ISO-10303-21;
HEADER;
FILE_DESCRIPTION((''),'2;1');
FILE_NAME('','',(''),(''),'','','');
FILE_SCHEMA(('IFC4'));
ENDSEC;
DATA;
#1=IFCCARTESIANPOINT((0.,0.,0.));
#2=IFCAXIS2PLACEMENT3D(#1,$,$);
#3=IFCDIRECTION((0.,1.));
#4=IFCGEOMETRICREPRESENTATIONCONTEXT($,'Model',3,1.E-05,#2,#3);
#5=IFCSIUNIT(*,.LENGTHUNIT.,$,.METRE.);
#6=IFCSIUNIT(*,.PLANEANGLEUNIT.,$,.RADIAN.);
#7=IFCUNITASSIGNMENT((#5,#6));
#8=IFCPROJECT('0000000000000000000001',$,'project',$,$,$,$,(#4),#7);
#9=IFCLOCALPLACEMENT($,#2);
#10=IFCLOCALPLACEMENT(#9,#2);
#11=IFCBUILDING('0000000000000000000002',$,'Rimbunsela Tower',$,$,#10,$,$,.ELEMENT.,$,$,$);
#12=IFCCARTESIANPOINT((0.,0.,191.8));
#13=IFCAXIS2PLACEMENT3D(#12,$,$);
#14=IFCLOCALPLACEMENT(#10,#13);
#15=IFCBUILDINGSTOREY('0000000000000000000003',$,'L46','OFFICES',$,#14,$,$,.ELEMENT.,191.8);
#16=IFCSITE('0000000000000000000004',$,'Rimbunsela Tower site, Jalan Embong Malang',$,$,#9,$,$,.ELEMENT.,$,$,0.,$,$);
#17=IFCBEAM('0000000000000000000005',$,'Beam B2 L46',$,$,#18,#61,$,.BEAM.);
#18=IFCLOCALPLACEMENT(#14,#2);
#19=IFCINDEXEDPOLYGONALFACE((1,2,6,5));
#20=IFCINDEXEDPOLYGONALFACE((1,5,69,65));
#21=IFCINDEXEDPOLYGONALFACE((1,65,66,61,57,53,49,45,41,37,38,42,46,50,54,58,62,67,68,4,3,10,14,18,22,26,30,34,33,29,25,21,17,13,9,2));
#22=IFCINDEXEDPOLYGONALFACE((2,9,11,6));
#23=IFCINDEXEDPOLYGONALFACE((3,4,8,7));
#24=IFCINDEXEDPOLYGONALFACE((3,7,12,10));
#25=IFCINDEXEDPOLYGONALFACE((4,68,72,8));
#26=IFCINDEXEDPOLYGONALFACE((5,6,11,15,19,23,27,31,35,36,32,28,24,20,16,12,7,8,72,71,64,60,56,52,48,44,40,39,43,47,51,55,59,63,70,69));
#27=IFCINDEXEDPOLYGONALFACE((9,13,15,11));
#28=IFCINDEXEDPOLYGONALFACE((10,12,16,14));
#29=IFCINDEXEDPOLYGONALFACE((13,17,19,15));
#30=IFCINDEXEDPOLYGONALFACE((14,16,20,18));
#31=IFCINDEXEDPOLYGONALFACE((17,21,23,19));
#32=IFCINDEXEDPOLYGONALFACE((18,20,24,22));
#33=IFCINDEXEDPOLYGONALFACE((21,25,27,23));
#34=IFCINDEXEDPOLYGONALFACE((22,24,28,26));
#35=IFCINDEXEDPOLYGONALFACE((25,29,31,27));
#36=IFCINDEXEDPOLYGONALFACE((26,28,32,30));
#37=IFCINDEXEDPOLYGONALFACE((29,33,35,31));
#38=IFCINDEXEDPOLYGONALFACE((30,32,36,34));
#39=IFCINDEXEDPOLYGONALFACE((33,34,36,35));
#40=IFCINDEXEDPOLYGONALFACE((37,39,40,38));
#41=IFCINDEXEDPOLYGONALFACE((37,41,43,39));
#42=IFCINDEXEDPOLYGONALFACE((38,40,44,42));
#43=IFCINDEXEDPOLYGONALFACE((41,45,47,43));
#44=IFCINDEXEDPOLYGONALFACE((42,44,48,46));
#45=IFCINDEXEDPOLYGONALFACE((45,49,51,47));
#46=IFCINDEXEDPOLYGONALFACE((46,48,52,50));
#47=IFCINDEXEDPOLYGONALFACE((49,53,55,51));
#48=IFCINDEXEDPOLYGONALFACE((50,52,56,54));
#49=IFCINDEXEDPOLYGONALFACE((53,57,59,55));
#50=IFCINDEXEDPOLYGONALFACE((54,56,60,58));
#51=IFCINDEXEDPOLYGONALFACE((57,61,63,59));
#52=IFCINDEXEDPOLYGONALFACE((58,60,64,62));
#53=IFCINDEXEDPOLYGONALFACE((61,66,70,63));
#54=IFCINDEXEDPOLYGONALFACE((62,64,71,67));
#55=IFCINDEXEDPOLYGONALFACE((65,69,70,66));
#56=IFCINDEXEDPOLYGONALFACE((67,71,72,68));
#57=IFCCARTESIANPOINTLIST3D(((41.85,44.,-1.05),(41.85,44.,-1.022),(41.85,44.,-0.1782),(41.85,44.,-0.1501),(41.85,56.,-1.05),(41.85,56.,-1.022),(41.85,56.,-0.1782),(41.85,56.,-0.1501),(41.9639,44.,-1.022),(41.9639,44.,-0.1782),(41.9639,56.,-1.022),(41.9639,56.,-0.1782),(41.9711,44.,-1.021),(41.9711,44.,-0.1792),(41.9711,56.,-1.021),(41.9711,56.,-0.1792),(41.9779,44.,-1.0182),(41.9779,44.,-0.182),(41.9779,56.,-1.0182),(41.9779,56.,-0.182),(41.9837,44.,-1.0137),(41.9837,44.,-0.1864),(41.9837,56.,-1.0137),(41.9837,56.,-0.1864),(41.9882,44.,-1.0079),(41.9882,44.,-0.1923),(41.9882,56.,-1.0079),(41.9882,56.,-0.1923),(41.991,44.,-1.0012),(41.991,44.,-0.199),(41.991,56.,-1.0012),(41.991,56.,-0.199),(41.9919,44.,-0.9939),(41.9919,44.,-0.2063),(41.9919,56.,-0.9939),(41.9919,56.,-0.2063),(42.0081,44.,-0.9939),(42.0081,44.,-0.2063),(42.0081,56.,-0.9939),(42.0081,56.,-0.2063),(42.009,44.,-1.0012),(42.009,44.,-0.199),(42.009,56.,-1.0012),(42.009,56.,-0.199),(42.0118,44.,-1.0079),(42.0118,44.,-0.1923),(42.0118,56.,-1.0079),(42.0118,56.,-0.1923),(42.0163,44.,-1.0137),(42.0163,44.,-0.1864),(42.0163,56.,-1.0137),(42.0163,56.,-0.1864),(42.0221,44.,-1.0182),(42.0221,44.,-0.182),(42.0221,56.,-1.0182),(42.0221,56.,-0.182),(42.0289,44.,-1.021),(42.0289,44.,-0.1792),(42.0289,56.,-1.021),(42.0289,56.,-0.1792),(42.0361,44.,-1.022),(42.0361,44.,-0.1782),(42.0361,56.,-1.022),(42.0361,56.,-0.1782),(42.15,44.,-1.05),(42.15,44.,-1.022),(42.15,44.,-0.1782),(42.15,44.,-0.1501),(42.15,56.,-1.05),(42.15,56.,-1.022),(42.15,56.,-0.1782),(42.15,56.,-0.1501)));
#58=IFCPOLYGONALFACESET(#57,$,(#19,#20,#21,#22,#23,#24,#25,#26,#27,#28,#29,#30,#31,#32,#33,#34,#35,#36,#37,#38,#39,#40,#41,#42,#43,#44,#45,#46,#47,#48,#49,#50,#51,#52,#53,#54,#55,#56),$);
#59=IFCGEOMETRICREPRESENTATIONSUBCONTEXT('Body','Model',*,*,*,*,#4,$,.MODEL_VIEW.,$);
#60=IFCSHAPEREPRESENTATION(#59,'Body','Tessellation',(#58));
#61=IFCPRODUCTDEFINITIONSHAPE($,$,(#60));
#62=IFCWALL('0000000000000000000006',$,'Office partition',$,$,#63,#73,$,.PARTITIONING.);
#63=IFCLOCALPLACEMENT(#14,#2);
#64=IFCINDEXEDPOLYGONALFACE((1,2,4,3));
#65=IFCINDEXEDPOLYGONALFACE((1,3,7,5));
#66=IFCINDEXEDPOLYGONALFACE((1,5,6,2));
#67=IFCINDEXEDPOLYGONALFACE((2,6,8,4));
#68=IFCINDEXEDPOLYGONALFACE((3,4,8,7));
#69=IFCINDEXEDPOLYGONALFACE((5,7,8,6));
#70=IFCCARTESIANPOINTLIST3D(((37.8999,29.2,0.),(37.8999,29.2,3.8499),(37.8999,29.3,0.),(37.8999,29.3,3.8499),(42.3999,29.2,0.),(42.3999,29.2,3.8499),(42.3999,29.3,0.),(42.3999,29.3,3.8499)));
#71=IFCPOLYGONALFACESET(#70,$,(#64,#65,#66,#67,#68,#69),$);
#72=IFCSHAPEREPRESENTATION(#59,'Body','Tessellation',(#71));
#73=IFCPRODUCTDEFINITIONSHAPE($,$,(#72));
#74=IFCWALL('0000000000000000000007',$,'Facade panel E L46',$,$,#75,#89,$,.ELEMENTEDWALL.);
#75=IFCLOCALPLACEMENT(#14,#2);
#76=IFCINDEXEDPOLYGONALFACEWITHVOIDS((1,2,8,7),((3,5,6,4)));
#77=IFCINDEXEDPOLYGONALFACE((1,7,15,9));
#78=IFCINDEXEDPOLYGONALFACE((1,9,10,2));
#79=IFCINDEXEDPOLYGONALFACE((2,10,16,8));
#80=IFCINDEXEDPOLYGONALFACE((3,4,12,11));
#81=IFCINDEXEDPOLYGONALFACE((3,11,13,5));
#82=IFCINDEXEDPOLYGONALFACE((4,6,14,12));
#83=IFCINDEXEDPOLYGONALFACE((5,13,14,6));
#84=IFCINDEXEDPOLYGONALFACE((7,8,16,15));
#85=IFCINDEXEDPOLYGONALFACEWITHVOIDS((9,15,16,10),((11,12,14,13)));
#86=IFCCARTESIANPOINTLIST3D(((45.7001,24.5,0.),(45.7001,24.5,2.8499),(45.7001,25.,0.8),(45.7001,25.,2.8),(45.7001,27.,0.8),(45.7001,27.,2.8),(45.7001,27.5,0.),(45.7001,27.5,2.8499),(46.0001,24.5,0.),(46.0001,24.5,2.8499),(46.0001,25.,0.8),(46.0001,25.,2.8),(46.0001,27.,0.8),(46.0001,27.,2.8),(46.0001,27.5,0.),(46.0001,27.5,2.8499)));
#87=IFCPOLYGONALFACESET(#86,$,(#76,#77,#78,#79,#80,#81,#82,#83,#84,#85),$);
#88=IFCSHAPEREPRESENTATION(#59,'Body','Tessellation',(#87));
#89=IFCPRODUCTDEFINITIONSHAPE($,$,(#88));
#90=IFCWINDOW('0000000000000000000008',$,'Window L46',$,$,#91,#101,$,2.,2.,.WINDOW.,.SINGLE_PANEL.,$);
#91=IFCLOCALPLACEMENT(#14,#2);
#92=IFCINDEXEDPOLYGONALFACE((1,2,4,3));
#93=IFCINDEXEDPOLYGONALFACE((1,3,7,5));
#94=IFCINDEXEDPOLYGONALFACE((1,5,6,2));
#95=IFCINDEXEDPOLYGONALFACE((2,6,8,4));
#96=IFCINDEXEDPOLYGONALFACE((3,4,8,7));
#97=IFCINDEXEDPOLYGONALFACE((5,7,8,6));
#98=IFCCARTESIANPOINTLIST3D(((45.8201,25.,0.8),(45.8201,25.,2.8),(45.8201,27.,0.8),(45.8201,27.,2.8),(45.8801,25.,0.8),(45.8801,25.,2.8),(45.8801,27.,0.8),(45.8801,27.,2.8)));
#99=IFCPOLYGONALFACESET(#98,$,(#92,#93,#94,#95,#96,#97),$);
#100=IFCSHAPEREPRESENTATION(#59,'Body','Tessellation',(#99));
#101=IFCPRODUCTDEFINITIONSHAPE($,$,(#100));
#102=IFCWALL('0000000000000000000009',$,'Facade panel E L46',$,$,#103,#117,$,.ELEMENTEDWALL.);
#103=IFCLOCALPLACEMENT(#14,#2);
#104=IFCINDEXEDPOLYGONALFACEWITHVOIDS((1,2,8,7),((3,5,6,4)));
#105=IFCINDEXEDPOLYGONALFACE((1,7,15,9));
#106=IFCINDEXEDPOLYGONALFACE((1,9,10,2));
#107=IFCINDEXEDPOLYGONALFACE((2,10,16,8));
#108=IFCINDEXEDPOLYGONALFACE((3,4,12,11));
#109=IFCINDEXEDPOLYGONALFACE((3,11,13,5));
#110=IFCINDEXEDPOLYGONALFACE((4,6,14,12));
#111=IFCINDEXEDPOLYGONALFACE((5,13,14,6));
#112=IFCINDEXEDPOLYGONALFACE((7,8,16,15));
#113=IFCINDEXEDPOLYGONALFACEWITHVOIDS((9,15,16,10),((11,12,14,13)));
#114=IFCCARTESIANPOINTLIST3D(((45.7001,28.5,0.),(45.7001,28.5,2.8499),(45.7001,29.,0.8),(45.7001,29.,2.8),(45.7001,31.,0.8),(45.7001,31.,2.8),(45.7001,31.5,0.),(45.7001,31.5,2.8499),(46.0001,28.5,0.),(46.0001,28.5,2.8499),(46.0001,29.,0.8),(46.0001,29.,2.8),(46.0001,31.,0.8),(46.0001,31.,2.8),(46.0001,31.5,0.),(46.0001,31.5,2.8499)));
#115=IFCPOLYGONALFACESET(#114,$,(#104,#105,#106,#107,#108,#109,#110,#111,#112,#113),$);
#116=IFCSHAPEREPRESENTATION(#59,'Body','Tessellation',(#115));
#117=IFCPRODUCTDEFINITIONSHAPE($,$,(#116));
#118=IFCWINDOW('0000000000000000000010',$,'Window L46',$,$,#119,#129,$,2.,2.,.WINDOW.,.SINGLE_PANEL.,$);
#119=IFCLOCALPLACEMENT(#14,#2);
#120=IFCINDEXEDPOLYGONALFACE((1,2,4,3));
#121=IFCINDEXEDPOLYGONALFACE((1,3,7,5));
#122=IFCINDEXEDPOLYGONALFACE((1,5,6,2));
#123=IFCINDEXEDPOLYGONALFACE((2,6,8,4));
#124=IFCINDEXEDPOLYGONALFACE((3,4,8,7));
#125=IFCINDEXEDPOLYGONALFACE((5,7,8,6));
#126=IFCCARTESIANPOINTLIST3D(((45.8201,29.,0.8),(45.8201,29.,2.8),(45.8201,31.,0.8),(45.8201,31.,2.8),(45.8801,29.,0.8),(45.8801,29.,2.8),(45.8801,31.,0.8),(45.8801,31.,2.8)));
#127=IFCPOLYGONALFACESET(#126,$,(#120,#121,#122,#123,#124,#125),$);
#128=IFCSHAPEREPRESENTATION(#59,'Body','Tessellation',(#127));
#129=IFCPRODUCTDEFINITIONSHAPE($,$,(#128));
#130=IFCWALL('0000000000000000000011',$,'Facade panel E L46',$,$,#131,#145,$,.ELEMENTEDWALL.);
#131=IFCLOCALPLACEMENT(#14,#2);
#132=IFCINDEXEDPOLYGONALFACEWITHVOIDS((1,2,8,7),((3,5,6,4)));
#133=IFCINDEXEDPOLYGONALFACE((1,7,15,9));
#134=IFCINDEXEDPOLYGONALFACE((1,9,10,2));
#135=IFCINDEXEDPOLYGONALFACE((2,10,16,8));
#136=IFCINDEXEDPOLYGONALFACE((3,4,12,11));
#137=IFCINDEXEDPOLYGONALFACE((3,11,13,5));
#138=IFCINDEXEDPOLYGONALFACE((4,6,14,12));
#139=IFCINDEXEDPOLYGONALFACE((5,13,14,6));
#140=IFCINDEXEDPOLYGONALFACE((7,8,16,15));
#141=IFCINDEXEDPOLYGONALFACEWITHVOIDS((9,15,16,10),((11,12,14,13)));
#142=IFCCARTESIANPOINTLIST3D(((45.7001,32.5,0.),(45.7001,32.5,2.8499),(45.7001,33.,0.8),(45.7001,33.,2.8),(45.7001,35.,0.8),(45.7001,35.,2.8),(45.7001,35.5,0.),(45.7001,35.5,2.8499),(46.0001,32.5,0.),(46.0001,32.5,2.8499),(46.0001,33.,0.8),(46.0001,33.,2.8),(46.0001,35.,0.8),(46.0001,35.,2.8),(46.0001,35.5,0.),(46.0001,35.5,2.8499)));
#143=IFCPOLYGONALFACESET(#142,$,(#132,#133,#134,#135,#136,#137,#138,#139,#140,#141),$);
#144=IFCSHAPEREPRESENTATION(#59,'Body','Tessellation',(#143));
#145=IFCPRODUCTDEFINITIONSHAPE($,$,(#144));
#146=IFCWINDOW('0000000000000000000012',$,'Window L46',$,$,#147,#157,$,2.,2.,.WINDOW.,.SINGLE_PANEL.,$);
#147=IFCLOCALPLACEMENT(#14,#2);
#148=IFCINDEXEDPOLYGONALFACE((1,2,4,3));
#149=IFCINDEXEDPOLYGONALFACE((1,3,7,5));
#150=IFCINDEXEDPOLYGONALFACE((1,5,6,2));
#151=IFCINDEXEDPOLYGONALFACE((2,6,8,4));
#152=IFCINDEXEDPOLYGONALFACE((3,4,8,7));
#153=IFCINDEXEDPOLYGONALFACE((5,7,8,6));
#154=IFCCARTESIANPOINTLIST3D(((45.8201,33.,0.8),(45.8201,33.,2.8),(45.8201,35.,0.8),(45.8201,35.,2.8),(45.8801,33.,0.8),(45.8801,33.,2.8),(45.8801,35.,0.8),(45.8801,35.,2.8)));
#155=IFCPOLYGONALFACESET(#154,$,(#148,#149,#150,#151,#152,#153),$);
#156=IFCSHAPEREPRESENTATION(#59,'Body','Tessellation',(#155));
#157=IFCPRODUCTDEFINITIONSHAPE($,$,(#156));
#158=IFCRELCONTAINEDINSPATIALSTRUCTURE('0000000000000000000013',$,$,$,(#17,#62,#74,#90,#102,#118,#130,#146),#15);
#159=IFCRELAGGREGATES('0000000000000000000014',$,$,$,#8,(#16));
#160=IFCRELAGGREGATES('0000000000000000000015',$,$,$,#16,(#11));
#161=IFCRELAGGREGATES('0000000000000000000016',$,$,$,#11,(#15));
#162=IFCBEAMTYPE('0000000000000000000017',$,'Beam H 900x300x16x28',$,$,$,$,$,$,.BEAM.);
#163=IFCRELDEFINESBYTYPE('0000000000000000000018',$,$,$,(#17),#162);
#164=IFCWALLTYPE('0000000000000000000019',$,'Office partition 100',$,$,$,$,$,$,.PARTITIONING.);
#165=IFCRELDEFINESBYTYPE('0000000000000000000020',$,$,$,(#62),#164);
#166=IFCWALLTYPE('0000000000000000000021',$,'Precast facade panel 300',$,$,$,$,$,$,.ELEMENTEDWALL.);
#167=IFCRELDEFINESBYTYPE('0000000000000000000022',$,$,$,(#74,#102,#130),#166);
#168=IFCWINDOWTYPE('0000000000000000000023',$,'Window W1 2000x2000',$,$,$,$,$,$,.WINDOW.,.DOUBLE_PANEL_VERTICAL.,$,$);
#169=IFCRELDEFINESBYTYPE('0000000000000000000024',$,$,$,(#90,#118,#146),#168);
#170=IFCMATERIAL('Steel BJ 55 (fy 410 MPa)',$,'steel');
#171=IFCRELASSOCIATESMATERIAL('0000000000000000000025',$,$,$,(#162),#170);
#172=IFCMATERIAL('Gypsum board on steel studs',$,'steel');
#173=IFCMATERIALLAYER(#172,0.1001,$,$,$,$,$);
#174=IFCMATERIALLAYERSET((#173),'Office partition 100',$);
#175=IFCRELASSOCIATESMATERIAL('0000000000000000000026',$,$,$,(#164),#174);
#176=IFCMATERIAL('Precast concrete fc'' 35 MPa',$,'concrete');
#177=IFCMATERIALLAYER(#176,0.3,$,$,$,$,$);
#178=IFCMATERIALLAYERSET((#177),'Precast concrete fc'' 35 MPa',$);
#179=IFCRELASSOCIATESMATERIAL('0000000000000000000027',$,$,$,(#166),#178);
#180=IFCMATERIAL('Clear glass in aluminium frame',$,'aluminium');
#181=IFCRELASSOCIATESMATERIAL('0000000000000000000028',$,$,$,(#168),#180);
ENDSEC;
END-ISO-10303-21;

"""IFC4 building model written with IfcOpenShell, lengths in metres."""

from ifc_helpers import new_model, si_unit, direction, frame, frame_2d, origin, origin_2d, place, context, subcontext, project, spatial, rectangle, i_section, extrude, material, layer, layer_set, material_profile, profile_set, type_object, element, fill, save


model = new_model("IFC4")

# Units and contexts
model_context = context("Model", 3, precision=1e-05, world=origin(), true_north=direction((0.0, 1.0)))
body_context = subcontext(model_context, "Body", "Model", "MODEL_VIEW")
ifc_project = project(units=[si_unit("LENGTHUNIT", "METRE"), si_unit("PLANEANGLEUNIT", "RADIAN")], contexts=[model_context])

# Site, building, storey
site_placement = place(None, origin())
site = spatial("IfcSite", under=ifc_project, at=site_placement, Name="Rimbunsela Tower site, Jalan Embong Malang", CompositionType="ELEMENT", RefElevation=0.0)
building_placement = place(site_placement, origin())
building = spatial("IfcBuilding", under=site, at=building_placement, Name="Rimbunsela Tower", CompositionType="ELEMENT")
storey_placement = place(building_placement, frame((0.0, 0.0, 191.8)))
storey = spatial("IfcBuildingStorey", under=building, at=storey_placement, Name="L46", Description="OFFICES", CompositionType="ELEMENT", Elevation=191.8)

# Beam
ifc_material_1 = material(Name="Steel BJ 55 (fy 410 MPa)", Category="steel")
ifc_material_profile_1 = material_profile(ifc_material_1, i_section(OverallWidth=0.3, OverallDepth=0.8999, WebThickness=0.0161, FlangeThickness=0.0281, FilletRadius=0.0281, at=origin_2d()), Name="H 900x300x16x28")
ifc_profile_set_1 = profile_set([ifc_material_profile_1], Name="Steel BJ 55 (fy 410 MPa)")
beam_type_1 = type_object("IfcBeamType", Name="Beam H 900x300x16x28", PredefinedType="BEAM", material=ifc_profile_set_1)
beam_placement = place(storey_placement, frame((42.0, 44.0, -0.6001), z_axis=(0.0, 1.0, 0.0), x_axis=(-1.0, 0.0, 0.0)))
element("IfcBeam", 1, at=beam_placement, inside=storey, type_object=beam_type_1, Name="Beam B2 L46", PredefinedType="BEAM", context=body_context, shape_type="SweptSolid", body=[
    extrude(i_section(OverallWidth=0.3, OverallDepth=0.8999, WebThickness=0.0161, FlangeThickness=0.0281, FilletRadius=0.0281, at=origin_2d()), origin(), (0.0, 0.0, 1.0), 12.0),
])

# Wall
ifc_material_2 = material(Name="Gypsum board on steel studs", Category="steel")
ifc_layer_1 = layer(ifc_material_2, 0.1001)
ifc_layer_set_1 = layer_set([ifc_layer_1], Name="Office partition 100")
wall_type_1 = type_object("IfcWallType", Name="Office partition 100", PredefinedType="PARTITIONING", material=ifc_layer_set_1)
wall_1_placement = place(storey_placement, frame((42.3999, 29.25, 0.0), z_axis=(0.0, 0.0, 1.0), x_axis=(-1.0, 0.0, 0.0)))
element("IfcWall", 2, at=wall_1_placement, inside=storey, type_object=wall_type_1, Name="Office partition", PredefinedType="PARTITIONING", context=body_context, shape_type="SweptSolid", body=[
    extrude(rectangle(XDim=4.5, YDim=0.1001, at=frame_2d((2.25, 0.0))), origin(), (0.0, 0.0, 1.0), 3.8499),
])

# Walls, openings, windows
ifc_material_3 = material(Name="Precast concrete fc' 35 MPa", Category="concrete")
ifc_layer_2 = layer(ifc_material_3, 0.3)
ifc_layer_set_2 = layer_set([ifc_layer_2], Name="Precast concrete fc' 35 MPa")
wall_type_2 = type_object("IfcWallType", Name="Precast facade panel 300", PredefinedType="ELEMENTEDWALL", material=ifc_layer_set_2)
wall_2_placement = place(storey_placement, frame((45.8501, 24.5, 0.0), z_axis=(0.0, 0.0, 1.0), x_axis=(0.0, 1.0, 0.0)))
wall_2 = element("IfcWall", 3, at=wall_2_placement, inside=storey, type_object=wall_type_2, Name="Facade panel E L46", PredefinedType="ELEMENTEDWALL", context=body_context, shape_type="SweptSolid", body=[
    extrude(rectangle(XDim=3.0, YDim=0.3, at=frame_2d((1.5, 0.0))), origin(), (0.0, 0.0, 1.0), 2.8499),
])
opening_1_placement = place(wall_2_placement, frame((0.5, 0.0, 0.8)))
opening_1 = element("IfcOpeningElement", 4, at=opening_1_placement, cuts=wall_2, PredefinedType="OPENING", context=body_context, shape_type="SweptSolid", body=[
    extrude(rectangle(XDim=2.0, YDim=2.0, at=frame_2d((1.0, 1.0))), frame((0.0, 0.1599, 0.0), z_axis=(0.0, -1.0, 0.0), x_axis=(1.0, 0.0, 0.0)), (0.0, 0.0, 1.0), 0.3201),
])
ifc_material_4 = material(Name="Clear glass in aluminium frame", Category="aluminium")
window_type = type_object("IfcWindowType", Name="Window W1 2000x2000", PartitioningType="DOUBLE_PANEL_VERTICAL", PredefinedType="WINDOW", material=ifc_material_4)
window_1_placement = place(opening_1_placement, origin())
window_1 = element("IfcWindow", 5, at=window_1_placement, inside=storey, type_object=window_type, Name="Window L46", OverallHeight=2.0, OverallWidth=2.0, PartitioningType="SINGLE_PANEL", PredefinedType="WINDOW", context=body_context, shape_type="SweptSolid", body=[
    extrude(rectangle(XDim=2.0, YDim=2.0, at=frame_2d((1.0, 1.0))), frame((0.0, 0.03, 0.0), z_axis=(0.0, -1.0, 0.0), x_axis=(1.0, 0.0, 0.0)), (0.0, 0.0, 1.0), 0.0601),
])
fill(opening_1, window_1)
wall_3_placement = place(storey_placement, frame((45.8501, 28.5, 0.0), z_axis=(0.0, 0.0, 1.0), x_axis=(0.0, 1.0, 0.0)))
wall_3 = element("IfcWall", 6, at=wall_3_placement, inside=storey, type_object=wall_type_2, Name="Facade panel E L46", PredefinedType="ELEMENTEDWALL", context=body_context, shape_type="SweptSolid", body=[
    extrude(rectangle(XDim=3.0, YDim=0.3, at=frame_2d((1.5, 0.0))), origin(), (0.0, 0.0, 1.0), 2.8499),
])
opening_2_placement = place(wall_3_placement, frame((0.5, 0.0, 0.8)))
opening_2 = element("IfcOpeningElement", 7, at=opening_2_placement, cuts=wall_3, PredefinedType="OPENING", context=body_context, shape_type="SweptSolid", body=[
    extrude(rectangle(XDim=2.0, YDim=2.0, at=frame_2d((1.0, 1.0))), frame((0.0, 0.1599, 0.0), z_axis=(0.0, -1.0, 0.0), x_axis=(1.0, 0.0, 0.0)), (0.0, 0.0, 1.0), 0.3201),
])
window_2_placement = place(opening_2_placement, origin())
window_2 = element("IfcWindow", 8, at=window_2_placement, inside=storey, type_object=window_type, Name="Window L46", OverallHeight=2.0, OverallWidth=2.0, PartitioningType="SINGLE_PANEL", PredefinedType="WINDOW", context=body_context, shape_type="SweptSolid", body=[
    extrude(rectangle(XDim=2.0, YDim=2.0, at=frame_2d((1.0, 1.0))), frame((0.0, 0.03, 0.0), z_axis=(0.0, -1.0, 0.0), x_axis=(1.0, 0.0, 0.0)), (0.0, 0.0, 1.0), 0.0601),
])
fill(opening_2, window_2)
wall_4_placement = place(storey_placement, frame((45.8501, 32.5, 0.0), z_axis=(0.0, 0.0, 1.0), x_axis=(0.0, 1.0, 0.0)))
wall_4 = element("IfcWall", 9, at=wall_4_placement, inside=storey, type_object=wall_type_2, Name="Facade panel E L46", PredefinedType="ELEMENTEDWALL", context=body_context, shape_type="SweptSolid", body=[
    extrude(rectangle(XDim=3.0, YDim=0.3, at=frame_2d((1.5, 0.0))), origin(), (0.0, 0.0, 1.0), 2.8499),
])
opening_3_placement = place(wall_4_placement, frame((0.5, 0.0, 0.8)))
opening_3 = element("IfcOpeningElement", 10, at=opening_3_placement, cuts=wall_4, PredefinedType="OPENING", context=body_context, shape_type="SweptSolid", body=[
    extrude(rectangle(XDim=2.0, YDim=2.0, at=frame_2d((1.0, 1.0))), frame((0.0, 0.1599, 0.0), z_axis=(0.0, -1.0, 0.0), x_axis=(1.0, 0.0, 0.0)), (0.0, 0.0, 1.0), 0.3201),
])
window_3_placement = place(opening_3_placement, origin())
window_3 = element("IfcWindow", 11, at=window_3_placement, inside=storey, type_object=window_type, Name="Window L46", OverallHeight=2.0, OverallWidth=2.0, PartitioningType="SINGLE_PANEL", PredefinedType="WINDOW", context=body_context, shape_type="SweptSolid", body=[
    extrude(rectangle(XDim=2.0, YDim=2.0, at=frame_2d((1.0, 1.0))), frame((0.0, 0.03, 0.0), z_axis=(0.0, -1.0, 0.0), x_axis=(1.0, 0.0, 0.0)), (0.0, 0.0, 1.0), 0.0601),
])
fill(opening_3, window_3)

save(model, "model.ifc")
